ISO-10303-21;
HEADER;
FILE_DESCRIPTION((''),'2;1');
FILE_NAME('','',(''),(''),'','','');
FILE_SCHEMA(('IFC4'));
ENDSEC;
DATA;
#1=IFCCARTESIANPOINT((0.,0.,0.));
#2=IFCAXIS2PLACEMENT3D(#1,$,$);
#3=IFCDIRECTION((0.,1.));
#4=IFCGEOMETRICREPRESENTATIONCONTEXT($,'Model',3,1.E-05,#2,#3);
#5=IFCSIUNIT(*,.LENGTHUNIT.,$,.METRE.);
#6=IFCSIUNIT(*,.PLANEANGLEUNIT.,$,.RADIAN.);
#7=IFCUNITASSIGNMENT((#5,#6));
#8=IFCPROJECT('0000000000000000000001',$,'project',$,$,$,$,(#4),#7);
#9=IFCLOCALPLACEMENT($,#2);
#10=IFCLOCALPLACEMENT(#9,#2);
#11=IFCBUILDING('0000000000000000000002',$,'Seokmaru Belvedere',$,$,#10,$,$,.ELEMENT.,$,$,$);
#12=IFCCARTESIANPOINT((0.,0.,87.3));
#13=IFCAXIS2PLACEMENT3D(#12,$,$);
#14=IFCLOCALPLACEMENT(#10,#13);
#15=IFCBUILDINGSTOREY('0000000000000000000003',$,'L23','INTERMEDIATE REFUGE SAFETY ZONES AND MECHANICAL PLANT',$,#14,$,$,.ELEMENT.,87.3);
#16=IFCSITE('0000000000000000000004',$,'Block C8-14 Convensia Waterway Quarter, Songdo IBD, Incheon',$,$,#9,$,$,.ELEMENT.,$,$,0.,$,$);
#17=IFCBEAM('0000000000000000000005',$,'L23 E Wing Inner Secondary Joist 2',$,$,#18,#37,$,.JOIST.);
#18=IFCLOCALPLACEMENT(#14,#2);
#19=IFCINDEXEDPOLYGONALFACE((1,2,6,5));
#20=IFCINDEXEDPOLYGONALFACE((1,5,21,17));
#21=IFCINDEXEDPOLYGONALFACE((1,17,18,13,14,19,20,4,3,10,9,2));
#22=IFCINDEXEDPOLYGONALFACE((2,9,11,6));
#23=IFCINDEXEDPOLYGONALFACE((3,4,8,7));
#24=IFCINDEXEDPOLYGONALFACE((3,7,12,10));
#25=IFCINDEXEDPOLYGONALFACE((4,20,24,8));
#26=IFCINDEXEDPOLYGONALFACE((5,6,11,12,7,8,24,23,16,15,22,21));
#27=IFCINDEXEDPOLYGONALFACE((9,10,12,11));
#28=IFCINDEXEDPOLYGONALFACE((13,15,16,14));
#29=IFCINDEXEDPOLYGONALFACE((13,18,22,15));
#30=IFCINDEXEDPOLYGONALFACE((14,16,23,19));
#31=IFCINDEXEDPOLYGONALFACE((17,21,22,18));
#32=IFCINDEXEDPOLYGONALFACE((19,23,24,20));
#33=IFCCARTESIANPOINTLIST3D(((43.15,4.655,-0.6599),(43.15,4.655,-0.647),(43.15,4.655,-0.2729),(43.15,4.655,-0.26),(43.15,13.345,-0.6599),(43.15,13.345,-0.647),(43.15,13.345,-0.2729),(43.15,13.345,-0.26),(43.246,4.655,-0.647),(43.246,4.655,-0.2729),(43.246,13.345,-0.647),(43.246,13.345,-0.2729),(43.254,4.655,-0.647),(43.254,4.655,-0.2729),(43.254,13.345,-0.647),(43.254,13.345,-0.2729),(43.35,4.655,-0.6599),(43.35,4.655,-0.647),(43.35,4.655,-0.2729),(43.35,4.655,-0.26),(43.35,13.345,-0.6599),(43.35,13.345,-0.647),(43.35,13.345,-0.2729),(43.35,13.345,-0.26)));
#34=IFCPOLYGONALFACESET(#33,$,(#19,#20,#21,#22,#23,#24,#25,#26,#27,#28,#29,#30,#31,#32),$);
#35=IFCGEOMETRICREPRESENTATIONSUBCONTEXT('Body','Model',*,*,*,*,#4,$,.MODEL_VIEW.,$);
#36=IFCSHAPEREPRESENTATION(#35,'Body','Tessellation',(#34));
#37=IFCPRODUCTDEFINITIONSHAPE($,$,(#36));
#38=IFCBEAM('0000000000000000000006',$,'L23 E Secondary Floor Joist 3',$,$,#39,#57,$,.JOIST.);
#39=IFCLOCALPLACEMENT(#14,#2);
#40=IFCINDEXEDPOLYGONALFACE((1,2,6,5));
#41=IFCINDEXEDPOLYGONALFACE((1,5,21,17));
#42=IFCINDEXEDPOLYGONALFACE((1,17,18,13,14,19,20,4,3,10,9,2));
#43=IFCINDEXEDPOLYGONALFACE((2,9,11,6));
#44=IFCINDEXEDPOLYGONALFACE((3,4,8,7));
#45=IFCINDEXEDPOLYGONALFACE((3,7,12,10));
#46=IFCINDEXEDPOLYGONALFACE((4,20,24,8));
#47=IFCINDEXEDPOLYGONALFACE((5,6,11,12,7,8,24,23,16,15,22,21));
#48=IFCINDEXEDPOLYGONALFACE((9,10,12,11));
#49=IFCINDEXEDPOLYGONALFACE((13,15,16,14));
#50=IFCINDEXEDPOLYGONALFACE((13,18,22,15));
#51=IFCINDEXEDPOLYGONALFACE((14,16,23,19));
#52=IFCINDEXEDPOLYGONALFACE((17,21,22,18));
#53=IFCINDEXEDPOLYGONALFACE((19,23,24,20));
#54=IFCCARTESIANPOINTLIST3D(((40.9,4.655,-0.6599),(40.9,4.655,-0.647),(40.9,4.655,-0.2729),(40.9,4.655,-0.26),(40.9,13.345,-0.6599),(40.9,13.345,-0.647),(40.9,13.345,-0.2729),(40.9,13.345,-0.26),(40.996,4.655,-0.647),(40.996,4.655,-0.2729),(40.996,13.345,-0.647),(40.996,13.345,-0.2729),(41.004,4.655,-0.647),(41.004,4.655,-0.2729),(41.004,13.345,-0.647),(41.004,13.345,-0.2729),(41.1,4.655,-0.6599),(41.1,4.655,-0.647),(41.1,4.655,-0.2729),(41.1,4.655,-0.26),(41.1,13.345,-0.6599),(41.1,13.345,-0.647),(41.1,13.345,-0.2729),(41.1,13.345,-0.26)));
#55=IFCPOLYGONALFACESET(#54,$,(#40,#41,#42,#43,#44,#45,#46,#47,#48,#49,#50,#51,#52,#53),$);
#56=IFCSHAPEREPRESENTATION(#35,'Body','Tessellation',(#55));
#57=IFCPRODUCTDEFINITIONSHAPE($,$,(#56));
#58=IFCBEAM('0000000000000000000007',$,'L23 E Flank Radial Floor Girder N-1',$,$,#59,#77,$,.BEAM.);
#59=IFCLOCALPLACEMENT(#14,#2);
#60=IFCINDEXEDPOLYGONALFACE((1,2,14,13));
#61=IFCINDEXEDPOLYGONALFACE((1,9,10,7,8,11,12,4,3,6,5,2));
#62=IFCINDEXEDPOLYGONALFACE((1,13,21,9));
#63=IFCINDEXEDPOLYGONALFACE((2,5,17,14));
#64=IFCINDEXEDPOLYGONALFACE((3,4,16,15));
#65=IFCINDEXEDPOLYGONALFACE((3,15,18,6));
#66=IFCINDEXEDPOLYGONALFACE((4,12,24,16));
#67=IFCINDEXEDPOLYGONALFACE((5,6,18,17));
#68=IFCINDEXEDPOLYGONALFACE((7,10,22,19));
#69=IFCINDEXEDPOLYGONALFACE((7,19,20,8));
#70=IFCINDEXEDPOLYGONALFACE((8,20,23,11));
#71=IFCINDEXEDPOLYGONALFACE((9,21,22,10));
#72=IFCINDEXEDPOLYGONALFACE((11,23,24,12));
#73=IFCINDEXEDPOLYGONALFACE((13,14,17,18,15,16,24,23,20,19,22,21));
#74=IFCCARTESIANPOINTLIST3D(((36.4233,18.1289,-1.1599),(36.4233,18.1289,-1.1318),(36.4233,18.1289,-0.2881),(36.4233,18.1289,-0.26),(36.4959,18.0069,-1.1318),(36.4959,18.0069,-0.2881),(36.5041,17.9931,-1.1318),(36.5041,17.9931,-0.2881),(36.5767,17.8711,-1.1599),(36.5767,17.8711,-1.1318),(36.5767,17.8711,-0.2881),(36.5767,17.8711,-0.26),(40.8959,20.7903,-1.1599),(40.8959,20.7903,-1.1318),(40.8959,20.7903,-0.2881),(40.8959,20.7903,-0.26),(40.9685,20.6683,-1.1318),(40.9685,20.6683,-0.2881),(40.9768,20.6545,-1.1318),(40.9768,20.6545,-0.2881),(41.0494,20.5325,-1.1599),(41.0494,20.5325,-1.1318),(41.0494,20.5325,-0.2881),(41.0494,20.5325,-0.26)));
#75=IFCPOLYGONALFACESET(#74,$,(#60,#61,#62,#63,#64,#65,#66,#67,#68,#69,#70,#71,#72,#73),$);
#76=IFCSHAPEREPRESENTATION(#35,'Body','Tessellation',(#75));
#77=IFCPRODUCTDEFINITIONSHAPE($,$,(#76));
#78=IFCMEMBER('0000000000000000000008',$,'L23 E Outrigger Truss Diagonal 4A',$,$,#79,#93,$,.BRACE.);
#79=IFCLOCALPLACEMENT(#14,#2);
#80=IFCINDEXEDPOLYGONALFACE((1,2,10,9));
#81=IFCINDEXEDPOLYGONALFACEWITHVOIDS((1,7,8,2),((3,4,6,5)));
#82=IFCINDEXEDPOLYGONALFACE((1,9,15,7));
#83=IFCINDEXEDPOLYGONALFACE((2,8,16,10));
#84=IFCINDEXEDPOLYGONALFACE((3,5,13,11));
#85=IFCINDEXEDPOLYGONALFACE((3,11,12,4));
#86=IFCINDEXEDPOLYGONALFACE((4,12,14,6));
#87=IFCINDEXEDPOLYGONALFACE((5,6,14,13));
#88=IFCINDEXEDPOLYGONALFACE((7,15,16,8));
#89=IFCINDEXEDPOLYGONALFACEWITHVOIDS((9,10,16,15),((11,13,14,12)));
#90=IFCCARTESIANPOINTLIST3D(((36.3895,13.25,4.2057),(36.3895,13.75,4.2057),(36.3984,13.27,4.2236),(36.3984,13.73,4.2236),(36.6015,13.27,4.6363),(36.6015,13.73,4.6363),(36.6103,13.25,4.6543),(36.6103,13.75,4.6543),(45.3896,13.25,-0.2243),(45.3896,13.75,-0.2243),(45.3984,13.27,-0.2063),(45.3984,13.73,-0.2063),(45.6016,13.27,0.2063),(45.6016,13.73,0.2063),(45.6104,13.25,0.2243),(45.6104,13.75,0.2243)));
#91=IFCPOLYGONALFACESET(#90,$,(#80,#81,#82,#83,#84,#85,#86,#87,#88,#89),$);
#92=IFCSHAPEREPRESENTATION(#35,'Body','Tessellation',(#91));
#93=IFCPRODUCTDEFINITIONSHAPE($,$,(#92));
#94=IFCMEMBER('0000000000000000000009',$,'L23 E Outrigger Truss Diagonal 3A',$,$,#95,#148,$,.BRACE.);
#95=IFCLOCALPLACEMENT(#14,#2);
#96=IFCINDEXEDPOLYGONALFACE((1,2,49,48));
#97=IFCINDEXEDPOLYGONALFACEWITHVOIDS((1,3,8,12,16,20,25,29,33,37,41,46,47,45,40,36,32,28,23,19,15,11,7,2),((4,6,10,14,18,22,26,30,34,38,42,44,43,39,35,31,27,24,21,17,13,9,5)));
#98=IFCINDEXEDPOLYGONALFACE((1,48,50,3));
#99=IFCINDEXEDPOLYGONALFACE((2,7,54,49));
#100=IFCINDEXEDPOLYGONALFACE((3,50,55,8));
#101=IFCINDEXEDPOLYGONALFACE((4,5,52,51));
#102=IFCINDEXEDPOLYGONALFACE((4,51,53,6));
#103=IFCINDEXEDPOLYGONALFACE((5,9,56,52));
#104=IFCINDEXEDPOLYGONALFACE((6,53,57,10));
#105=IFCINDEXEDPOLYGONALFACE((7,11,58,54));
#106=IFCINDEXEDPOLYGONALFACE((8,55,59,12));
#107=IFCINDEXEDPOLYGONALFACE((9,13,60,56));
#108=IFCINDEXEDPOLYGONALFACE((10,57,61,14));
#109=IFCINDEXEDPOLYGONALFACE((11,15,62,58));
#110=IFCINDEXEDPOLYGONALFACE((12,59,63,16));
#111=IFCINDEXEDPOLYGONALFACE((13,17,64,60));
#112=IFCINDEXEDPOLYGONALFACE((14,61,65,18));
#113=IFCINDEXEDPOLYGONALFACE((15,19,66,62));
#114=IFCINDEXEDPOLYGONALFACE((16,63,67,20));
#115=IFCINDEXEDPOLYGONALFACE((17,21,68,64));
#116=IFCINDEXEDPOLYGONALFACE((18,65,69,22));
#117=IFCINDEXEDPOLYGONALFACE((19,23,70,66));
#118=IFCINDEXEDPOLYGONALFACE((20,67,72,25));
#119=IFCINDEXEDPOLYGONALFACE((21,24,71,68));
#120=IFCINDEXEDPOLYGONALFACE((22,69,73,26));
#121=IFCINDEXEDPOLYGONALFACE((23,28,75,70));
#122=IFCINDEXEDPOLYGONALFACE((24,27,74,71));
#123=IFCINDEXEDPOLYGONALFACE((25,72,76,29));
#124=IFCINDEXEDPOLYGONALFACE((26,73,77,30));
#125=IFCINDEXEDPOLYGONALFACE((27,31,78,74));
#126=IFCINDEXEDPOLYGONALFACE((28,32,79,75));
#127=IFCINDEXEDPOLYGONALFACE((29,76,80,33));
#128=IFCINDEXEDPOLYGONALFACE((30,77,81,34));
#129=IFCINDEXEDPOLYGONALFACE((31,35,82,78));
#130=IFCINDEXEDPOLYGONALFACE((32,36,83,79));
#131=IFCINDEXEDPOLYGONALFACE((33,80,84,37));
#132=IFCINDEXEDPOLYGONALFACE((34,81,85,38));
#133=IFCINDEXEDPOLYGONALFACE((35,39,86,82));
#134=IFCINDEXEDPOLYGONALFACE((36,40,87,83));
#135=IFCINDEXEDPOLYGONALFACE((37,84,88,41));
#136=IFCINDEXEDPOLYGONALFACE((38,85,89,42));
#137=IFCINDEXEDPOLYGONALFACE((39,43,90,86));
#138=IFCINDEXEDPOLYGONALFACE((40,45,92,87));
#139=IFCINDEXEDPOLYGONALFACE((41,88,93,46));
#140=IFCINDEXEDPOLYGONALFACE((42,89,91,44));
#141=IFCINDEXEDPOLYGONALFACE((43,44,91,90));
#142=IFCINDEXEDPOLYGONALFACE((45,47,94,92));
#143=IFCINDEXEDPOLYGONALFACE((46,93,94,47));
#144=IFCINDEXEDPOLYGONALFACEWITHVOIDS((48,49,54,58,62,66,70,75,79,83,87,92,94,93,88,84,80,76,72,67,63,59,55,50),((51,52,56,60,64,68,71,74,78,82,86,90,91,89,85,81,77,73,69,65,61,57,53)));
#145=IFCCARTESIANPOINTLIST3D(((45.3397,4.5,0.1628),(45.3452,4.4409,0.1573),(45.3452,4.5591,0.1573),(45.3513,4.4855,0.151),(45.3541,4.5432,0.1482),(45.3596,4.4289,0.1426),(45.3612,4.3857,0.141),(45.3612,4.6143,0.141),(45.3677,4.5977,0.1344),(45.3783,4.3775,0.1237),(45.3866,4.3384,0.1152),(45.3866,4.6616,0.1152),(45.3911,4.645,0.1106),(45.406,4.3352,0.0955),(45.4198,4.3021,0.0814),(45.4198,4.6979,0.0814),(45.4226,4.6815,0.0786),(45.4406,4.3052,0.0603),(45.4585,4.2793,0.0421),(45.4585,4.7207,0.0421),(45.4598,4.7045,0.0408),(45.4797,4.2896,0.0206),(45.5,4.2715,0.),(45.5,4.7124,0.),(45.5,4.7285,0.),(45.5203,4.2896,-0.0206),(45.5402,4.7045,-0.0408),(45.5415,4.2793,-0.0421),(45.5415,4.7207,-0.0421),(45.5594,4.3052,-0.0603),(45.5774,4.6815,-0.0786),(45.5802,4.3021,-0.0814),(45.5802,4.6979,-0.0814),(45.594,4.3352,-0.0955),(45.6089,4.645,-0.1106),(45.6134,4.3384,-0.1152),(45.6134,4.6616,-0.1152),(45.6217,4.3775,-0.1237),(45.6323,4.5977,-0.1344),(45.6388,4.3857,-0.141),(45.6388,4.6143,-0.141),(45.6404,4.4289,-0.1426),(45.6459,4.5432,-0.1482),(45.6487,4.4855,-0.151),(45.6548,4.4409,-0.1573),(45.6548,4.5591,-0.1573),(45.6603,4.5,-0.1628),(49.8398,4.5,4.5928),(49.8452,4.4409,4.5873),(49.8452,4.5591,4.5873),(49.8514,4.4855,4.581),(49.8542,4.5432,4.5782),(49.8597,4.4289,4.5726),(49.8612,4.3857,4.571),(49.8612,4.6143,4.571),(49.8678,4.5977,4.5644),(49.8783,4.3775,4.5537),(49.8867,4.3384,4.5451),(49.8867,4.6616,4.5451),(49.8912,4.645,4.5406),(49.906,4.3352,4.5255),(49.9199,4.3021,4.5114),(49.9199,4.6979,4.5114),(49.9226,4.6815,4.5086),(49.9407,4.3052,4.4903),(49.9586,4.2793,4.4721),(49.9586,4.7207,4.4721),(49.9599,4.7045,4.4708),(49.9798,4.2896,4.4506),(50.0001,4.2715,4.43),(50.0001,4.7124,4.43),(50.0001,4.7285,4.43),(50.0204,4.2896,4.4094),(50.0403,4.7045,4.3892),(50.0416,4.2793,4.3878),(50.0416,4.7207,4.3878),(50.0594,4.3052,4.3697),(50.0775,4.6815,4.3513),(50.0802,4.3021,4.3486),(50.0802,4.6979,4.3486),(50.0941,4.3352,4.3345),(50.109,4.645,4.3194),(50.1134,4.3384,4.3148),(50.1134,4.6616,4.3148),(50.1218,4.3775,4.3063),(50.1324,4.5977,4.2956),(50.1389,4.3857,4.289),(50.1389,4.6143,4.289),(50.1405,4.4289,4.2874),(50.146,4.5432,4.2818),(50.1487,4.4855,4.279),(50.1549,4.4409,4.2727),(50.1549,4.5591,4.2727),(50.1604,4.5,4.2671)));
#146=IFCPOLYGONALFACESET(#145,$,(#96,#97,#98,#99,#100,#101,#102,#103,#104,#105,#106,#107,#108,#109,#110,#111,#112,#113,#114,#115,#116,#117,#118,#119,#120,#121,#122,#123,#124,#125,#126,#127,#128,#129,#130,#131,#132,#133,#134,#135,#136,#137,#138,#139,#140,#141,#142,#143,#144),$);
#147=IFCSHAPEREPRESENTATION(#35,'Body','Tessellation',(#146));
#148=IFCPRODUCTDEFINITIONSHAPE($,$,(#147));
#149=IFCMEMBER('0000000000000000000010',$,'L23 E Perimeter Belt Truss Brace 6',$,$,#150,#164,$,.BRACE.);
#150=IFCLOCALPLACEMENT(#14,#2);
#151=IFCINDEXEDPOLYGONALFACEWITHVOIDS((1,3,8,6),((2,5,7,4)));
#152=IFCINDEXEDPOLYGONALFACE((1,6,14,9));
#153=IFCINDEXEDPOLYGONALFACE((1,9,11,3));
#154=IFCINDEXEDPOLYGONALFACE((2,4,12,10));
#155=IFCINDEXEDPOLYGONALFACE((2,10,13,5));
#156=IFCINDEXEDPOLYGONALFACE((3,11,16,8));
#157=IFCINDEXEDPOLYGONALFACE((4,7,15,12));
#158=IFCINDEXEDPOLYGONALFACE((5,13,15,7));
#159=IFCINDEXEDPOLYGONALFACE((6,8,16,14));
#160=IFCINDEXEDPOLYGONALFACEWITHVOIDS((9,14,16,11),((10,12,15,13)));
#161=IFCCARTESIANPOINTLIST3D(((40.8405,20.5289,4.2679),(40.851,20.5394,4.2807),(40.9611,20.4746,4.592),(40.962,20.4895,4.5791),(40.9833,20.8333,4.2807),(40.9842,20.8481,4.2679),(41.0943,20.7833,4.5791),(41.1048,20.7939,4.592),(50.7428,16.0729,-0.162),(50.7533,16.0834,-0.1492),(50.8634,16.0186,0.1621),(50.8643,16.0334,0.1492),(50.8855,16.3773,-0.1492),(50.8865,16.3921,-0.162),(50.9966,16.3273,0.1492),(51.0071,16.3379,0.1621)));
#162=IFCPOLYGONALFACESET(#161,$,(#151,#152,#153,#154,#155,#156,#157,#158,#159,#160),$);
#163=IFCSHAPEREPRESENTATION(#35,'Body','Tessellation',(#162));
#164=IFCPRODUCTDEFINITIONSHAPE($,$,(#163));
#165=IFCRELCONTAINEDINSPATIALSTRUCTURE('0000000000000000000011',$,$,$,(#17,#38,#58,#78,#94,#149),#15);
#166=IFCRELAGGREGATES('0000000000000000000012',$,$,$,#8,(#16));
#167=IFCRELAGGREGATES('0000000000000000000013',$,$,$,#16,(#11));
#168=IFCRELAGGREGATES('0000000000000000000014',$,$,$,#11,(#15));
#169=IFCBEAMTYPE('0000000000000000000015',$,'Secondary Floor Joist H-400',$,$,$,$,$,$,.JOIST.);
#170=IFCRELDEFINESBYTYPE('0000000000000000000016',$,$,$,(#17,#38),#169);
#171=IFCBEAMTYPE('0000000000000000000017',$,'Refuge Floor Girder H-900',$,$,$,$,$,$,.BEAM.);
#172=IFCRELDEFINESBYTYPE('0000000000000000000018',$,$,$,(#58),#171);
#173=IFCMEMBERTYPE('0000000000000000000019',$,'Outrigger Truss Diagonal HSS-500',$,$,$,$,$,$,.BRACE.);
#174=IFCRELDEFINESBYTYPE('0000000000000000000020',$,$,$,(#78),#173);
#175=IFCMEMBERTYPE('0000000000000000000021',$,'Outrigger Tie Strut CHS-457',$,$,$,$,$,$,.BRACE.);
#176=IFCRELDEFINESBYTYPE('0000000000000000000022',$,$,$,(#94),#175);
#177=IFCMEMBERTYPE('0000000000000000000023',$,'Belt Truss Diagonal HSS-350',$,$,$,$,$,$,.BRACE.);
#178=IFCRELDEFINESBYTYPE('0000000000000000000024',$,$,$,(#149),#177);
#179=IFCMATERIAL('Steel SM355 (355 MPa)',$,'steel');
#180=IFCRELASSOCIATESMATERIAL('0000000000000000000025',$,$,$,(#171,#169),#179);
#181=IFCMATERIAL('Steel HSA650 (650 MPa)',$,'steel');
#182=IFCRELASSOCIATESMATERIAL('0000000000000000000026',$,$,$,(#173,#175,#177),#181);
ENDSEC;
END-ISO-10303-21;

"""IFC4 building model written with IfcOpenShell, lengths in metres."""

from ifc_helpers import new_model, si_unit, direction, frame, origin, origin_2d, place, context, subcontext, project, spatial, hollow_rectangle, hollow_circle, i_section, extrude, source, transform, mapped, material, material_profile, profile_set, type_object, type_shapes, element, save


model = new_model("IFC4")

# Units and contexts
model_context = context("Model", 3, precision=1e-05, world=origin(), true_north=direction((0.0, 1.0)))
body_context = subcontext(model_context, "Body", "Model", "MODEL_VIEW")
ifc_project = project(units=[si_unit("LENGTHUNIT", "METRE"), si_unit("PLANEANGLEUNIT", "RADIAN")], contexts=[model_context])

# Site, building, storey
site_placement = place(None, origin())
site = spatial("IfcSite", under=ifc_project, at=site_placement, Name="Block C8-14 Convensia Waterway Quarter, Songdo IBD, Incheon", CompositionType="ELEMENT", RefElevation=0.0)
building_placement = place(site_placement, origin())
building = spatial("IfcBuilding", under=site, at=building_placement, Name="Seokmaru Belvedere", CompositionType="ELEMENT")
storey_placement = place(building_placement, frame((0.0, 0.0, 87.3)))
storey = spatial("IfcBuildingStorey", under=building, at=storey_placement, Name="L23", Description="INTERMEDIATE REFUGE SAFETY ZONES AND MECHANICAL PLANT", CompositionType="ELEMENT", Elevation=87.3)

# Shared definitions
ifc_material_1 = material(Name="Steel SM355 (355 MPa)", Category="steel")

# Beams
ifc_material_profile_1 = material_profile(ifc_material_1, i_section(OverallWidth=0.3, OverallDepth=0.8999, WebThickness=0.0161, FlangeThickness=0.0281, at=origin_2d()), Name="H-900x300x16x28")
ifc_profile_set_1 = profile_set([ifc_material_profile_1], Name="Steel SM355 (355 MPa)")
beam_type_1 = type_object("IfcBeamType", Name="Refuge Floor Girder H-900", PredefinedType="BEAM", material=ifc_profile_set_1)
ifc_material_profile_2 = material_profile(ifc_material_1, i_section(OverallWidth=0.2, OverallDepth=0.3999, WebThickness=0.0081, FlangeThickness=0.0129, at=origin_2d()), Name="H-400x200x8x13")
ifc_profile_set_2 = profile_set([ifc_material_profile_2], Name="Steel SM355 (355 MPa)")
beam_type_2 = type_object("IfcBeamType", Name="Secondary Floor Joist H-400", PredefinedType="JOIST", material=ifc_profile_set_2)
shared_shape_1 = source(origin(), body_context, "Body", "SweptSolid", [
    extrude(i_section(OverallWidth=0.2, OverallDepth=0.3999, WebThickness=0.0081, FlangeThickness=0.0129, at=origin_2d()), origin(), (0.0, 0.0, 1.0), 8.6899),
])
type_shapes(beam_type_2, [shared_shape_1])
for number, where, z_axis, x_axis, name in (
    (1, (43.25, 4.655, -0.46), (0.0, 1.0, 0.0), (-1.0, 0.0, 0.0), "L23 E Wing Inner Secondary Joist 2"),
    (2, (41.0, 4.655, -0.46), (0.0, 1.0, 0.0), (-1.0, 0.0, 0.0), "L23 E Secondary Floor Joist 3"),
):
    element("IfcBeam", number, at=place(storey_placement, frame(where, z_axis=z_axis, x_axis=x_axis)), inside=storey, type_object=beam_type_2, Name=name, PredefinedType="JOIST", context=body_context, shape_type="MappedRepresentation", body=[
        mapped(shared_shape_1, transform((0.0, 0.0, 0.0), scale=1.0)),
    ])
shared_shape_2 = source(origin(), body_context, "Body", "SweptSolid", [
    extrude(i_section(OverallWidth=0.3, OverallDepth=0.8999, WebThickness=0.0161, FlangeThickness=0.0281, at=origin_2d()), origin(), (0.0, 0.0, 1.0), 5.2046),
])
beam_1_placement = place(storey_placement, frame((40.9727, 20.6614, -0.71), z_axis=(-0.85937, -0.511354, 0.0), x_axis=(0.511354, -0.85937, 0.0)))
element("IfcBeam", 3, at=beam_1_placement, inside=storey, type_object=beam_type_1, Name="L23 E Flank Radial Floor Girder N-1", PredefinedType="BEAM", context=body_context, shape_type="MappedRepresentation", body=[
    mapped(shared_shape_2, transform((0.0, 0.0, 0.0), scale=1.0)),
])

# Members
ifc_material_2 = material(Name="Steel HSA650 (650 MPa)", Category="steel")
ifc_material_profile_3 = material_profile(ifc_material_2, hollow_rectangle(XDim=0.5, YDim=0.5, WallThickness=0.02, at=origin_2d()), Name="HSS-500x500x20")
ifc_profile_set_3 = profile_set([ifc_material_profile_3], Name="Steel HSA650 (650 MPa)")
member_type_1 = type_object("IfcMemberType", Name="Outrigger Truss Diagonal HSS-500", PredefinedType="BRACE", material=ifc_profile_set_3)
shared_shape_3 = source(origin(), body_context, "Body", "SweptSolid", [
    extrude(hollow_rectangle(XDim=0.5, YDim=0.5, WallThickness=0.02, at=origin_2d()), origin(), (0.0, 0.0, 1.0), 10.0312),
])
type_shapes(member_type_1, [shared_shape_3])
member_1_placement = place(storey_placement, frame((45.5, 13.5, 0.0), z_axis=(-0.897204, 0.0, 0.441617), x_axis=(0.0, -1.0, 0.0)))
element("IfcMember", 4, at=member_1_placement, inside=storey, type_object=member_type_1, Name="L23 E Outrigger Truss Diagonal 4A", PredefinedType="BRACE", context=body_context, shape_type="MappedRepresentation", body=[
    mapped(shared_shape_3, transform((0.0, 0.0, 0.0), scale=1.0)),
])
ifc_material_profile_4 = material_profile(ifc_material_2, hollow_circle(Radius=0.2285, WallThickness=0.0161, at=origin_2d()), Name="CHS-457.2x16.0")
ifc_profile_set_4 = profile_set([ifc_material_profile_4], Name="Steel HSA650 (650 MPa)")
member_type_2 = type_object("IfcMemberType", Name="Outrigger Tie Strut CHS-457", PredefinedType="BRACE", material=ifc_profile_set_4)
shared_shape_4 = source(origin(), body_context, "Body", "SweptSolid", [
    extrude(hollow_circle(Radius=0.2285, WallThickness=0.0161, at=origin_2d()), origin(), (0.0, 0.0, 1.0), 6.3147),
])
type_shapes(member_type_2, [shared_shape_4])
member_2_placement = place(storey_placement, frame((45.5, 4.5, 0.0), z_axis=(0.712633, 0.0, 0.701537), x_axis=(0.0, 1.0, 0.0)))
element("IfcMember", 5, at=member_2_placement, inside=storey, type_object=member_type_2, Name="L23 E Outrigger Truss Diagonal 3A", PredefinedType="BRACE", context=body_context, shape_type="MappedRepresentation", body=[
    mapped(shared_shape_4, transform((0.0, 0.0, 0.0), scale=1.0)),
])
ifc_material_profile_5 = material_profile(ifc_material_2, hollow_rectangle(XDim=0.3501, YDim=0.3501, WallThickness=0.0139, at=origin_2d()), Name="HSS-350x350x14")
ifc_profile_set_5 = profile_set([ifc_material_profile_5], Name="Steel HSA650 (650 MPa)")
member_type_3 = type_object("IfcMemberType", Name="Belt Truss Diagonal HSS-350", PredefinedType="BRACE", material=ifc_profile_set_5)
shared_shape_5 = source(origin(), body_context, "Body", "SweptSolid", [
    extrude(hollow_rectangle(XDim=0.3501, YDim=0.3501, WallThickness=0.0139, at=origin_2d()), origin(), (0.0, 0.0, 1.0), 11.7275),
])
type_shapes(member_type_3, [shared_shape_5])
member_3_placement = place(storey_placement, frame((40.9727, 20.6614, 4.4299), z_axis=(0.844361, -0.379962, -0.377735), x_axis=(0.410365, 0.911922, 0.0)))
element("IfcMember", 6, at=member_3_placement, inside=storey, type_object=member_type_3, Name="L23 E Perimeter Belt Truss Brace 6", PredefinedType="BRACE", context=body_context, shape_type="MappedRepresentation", body=[
    mapped(shared_shape_5, transform((0.0, 0.0, 0.0), scale=1.0)),
])

save(model, "model.ifc")
